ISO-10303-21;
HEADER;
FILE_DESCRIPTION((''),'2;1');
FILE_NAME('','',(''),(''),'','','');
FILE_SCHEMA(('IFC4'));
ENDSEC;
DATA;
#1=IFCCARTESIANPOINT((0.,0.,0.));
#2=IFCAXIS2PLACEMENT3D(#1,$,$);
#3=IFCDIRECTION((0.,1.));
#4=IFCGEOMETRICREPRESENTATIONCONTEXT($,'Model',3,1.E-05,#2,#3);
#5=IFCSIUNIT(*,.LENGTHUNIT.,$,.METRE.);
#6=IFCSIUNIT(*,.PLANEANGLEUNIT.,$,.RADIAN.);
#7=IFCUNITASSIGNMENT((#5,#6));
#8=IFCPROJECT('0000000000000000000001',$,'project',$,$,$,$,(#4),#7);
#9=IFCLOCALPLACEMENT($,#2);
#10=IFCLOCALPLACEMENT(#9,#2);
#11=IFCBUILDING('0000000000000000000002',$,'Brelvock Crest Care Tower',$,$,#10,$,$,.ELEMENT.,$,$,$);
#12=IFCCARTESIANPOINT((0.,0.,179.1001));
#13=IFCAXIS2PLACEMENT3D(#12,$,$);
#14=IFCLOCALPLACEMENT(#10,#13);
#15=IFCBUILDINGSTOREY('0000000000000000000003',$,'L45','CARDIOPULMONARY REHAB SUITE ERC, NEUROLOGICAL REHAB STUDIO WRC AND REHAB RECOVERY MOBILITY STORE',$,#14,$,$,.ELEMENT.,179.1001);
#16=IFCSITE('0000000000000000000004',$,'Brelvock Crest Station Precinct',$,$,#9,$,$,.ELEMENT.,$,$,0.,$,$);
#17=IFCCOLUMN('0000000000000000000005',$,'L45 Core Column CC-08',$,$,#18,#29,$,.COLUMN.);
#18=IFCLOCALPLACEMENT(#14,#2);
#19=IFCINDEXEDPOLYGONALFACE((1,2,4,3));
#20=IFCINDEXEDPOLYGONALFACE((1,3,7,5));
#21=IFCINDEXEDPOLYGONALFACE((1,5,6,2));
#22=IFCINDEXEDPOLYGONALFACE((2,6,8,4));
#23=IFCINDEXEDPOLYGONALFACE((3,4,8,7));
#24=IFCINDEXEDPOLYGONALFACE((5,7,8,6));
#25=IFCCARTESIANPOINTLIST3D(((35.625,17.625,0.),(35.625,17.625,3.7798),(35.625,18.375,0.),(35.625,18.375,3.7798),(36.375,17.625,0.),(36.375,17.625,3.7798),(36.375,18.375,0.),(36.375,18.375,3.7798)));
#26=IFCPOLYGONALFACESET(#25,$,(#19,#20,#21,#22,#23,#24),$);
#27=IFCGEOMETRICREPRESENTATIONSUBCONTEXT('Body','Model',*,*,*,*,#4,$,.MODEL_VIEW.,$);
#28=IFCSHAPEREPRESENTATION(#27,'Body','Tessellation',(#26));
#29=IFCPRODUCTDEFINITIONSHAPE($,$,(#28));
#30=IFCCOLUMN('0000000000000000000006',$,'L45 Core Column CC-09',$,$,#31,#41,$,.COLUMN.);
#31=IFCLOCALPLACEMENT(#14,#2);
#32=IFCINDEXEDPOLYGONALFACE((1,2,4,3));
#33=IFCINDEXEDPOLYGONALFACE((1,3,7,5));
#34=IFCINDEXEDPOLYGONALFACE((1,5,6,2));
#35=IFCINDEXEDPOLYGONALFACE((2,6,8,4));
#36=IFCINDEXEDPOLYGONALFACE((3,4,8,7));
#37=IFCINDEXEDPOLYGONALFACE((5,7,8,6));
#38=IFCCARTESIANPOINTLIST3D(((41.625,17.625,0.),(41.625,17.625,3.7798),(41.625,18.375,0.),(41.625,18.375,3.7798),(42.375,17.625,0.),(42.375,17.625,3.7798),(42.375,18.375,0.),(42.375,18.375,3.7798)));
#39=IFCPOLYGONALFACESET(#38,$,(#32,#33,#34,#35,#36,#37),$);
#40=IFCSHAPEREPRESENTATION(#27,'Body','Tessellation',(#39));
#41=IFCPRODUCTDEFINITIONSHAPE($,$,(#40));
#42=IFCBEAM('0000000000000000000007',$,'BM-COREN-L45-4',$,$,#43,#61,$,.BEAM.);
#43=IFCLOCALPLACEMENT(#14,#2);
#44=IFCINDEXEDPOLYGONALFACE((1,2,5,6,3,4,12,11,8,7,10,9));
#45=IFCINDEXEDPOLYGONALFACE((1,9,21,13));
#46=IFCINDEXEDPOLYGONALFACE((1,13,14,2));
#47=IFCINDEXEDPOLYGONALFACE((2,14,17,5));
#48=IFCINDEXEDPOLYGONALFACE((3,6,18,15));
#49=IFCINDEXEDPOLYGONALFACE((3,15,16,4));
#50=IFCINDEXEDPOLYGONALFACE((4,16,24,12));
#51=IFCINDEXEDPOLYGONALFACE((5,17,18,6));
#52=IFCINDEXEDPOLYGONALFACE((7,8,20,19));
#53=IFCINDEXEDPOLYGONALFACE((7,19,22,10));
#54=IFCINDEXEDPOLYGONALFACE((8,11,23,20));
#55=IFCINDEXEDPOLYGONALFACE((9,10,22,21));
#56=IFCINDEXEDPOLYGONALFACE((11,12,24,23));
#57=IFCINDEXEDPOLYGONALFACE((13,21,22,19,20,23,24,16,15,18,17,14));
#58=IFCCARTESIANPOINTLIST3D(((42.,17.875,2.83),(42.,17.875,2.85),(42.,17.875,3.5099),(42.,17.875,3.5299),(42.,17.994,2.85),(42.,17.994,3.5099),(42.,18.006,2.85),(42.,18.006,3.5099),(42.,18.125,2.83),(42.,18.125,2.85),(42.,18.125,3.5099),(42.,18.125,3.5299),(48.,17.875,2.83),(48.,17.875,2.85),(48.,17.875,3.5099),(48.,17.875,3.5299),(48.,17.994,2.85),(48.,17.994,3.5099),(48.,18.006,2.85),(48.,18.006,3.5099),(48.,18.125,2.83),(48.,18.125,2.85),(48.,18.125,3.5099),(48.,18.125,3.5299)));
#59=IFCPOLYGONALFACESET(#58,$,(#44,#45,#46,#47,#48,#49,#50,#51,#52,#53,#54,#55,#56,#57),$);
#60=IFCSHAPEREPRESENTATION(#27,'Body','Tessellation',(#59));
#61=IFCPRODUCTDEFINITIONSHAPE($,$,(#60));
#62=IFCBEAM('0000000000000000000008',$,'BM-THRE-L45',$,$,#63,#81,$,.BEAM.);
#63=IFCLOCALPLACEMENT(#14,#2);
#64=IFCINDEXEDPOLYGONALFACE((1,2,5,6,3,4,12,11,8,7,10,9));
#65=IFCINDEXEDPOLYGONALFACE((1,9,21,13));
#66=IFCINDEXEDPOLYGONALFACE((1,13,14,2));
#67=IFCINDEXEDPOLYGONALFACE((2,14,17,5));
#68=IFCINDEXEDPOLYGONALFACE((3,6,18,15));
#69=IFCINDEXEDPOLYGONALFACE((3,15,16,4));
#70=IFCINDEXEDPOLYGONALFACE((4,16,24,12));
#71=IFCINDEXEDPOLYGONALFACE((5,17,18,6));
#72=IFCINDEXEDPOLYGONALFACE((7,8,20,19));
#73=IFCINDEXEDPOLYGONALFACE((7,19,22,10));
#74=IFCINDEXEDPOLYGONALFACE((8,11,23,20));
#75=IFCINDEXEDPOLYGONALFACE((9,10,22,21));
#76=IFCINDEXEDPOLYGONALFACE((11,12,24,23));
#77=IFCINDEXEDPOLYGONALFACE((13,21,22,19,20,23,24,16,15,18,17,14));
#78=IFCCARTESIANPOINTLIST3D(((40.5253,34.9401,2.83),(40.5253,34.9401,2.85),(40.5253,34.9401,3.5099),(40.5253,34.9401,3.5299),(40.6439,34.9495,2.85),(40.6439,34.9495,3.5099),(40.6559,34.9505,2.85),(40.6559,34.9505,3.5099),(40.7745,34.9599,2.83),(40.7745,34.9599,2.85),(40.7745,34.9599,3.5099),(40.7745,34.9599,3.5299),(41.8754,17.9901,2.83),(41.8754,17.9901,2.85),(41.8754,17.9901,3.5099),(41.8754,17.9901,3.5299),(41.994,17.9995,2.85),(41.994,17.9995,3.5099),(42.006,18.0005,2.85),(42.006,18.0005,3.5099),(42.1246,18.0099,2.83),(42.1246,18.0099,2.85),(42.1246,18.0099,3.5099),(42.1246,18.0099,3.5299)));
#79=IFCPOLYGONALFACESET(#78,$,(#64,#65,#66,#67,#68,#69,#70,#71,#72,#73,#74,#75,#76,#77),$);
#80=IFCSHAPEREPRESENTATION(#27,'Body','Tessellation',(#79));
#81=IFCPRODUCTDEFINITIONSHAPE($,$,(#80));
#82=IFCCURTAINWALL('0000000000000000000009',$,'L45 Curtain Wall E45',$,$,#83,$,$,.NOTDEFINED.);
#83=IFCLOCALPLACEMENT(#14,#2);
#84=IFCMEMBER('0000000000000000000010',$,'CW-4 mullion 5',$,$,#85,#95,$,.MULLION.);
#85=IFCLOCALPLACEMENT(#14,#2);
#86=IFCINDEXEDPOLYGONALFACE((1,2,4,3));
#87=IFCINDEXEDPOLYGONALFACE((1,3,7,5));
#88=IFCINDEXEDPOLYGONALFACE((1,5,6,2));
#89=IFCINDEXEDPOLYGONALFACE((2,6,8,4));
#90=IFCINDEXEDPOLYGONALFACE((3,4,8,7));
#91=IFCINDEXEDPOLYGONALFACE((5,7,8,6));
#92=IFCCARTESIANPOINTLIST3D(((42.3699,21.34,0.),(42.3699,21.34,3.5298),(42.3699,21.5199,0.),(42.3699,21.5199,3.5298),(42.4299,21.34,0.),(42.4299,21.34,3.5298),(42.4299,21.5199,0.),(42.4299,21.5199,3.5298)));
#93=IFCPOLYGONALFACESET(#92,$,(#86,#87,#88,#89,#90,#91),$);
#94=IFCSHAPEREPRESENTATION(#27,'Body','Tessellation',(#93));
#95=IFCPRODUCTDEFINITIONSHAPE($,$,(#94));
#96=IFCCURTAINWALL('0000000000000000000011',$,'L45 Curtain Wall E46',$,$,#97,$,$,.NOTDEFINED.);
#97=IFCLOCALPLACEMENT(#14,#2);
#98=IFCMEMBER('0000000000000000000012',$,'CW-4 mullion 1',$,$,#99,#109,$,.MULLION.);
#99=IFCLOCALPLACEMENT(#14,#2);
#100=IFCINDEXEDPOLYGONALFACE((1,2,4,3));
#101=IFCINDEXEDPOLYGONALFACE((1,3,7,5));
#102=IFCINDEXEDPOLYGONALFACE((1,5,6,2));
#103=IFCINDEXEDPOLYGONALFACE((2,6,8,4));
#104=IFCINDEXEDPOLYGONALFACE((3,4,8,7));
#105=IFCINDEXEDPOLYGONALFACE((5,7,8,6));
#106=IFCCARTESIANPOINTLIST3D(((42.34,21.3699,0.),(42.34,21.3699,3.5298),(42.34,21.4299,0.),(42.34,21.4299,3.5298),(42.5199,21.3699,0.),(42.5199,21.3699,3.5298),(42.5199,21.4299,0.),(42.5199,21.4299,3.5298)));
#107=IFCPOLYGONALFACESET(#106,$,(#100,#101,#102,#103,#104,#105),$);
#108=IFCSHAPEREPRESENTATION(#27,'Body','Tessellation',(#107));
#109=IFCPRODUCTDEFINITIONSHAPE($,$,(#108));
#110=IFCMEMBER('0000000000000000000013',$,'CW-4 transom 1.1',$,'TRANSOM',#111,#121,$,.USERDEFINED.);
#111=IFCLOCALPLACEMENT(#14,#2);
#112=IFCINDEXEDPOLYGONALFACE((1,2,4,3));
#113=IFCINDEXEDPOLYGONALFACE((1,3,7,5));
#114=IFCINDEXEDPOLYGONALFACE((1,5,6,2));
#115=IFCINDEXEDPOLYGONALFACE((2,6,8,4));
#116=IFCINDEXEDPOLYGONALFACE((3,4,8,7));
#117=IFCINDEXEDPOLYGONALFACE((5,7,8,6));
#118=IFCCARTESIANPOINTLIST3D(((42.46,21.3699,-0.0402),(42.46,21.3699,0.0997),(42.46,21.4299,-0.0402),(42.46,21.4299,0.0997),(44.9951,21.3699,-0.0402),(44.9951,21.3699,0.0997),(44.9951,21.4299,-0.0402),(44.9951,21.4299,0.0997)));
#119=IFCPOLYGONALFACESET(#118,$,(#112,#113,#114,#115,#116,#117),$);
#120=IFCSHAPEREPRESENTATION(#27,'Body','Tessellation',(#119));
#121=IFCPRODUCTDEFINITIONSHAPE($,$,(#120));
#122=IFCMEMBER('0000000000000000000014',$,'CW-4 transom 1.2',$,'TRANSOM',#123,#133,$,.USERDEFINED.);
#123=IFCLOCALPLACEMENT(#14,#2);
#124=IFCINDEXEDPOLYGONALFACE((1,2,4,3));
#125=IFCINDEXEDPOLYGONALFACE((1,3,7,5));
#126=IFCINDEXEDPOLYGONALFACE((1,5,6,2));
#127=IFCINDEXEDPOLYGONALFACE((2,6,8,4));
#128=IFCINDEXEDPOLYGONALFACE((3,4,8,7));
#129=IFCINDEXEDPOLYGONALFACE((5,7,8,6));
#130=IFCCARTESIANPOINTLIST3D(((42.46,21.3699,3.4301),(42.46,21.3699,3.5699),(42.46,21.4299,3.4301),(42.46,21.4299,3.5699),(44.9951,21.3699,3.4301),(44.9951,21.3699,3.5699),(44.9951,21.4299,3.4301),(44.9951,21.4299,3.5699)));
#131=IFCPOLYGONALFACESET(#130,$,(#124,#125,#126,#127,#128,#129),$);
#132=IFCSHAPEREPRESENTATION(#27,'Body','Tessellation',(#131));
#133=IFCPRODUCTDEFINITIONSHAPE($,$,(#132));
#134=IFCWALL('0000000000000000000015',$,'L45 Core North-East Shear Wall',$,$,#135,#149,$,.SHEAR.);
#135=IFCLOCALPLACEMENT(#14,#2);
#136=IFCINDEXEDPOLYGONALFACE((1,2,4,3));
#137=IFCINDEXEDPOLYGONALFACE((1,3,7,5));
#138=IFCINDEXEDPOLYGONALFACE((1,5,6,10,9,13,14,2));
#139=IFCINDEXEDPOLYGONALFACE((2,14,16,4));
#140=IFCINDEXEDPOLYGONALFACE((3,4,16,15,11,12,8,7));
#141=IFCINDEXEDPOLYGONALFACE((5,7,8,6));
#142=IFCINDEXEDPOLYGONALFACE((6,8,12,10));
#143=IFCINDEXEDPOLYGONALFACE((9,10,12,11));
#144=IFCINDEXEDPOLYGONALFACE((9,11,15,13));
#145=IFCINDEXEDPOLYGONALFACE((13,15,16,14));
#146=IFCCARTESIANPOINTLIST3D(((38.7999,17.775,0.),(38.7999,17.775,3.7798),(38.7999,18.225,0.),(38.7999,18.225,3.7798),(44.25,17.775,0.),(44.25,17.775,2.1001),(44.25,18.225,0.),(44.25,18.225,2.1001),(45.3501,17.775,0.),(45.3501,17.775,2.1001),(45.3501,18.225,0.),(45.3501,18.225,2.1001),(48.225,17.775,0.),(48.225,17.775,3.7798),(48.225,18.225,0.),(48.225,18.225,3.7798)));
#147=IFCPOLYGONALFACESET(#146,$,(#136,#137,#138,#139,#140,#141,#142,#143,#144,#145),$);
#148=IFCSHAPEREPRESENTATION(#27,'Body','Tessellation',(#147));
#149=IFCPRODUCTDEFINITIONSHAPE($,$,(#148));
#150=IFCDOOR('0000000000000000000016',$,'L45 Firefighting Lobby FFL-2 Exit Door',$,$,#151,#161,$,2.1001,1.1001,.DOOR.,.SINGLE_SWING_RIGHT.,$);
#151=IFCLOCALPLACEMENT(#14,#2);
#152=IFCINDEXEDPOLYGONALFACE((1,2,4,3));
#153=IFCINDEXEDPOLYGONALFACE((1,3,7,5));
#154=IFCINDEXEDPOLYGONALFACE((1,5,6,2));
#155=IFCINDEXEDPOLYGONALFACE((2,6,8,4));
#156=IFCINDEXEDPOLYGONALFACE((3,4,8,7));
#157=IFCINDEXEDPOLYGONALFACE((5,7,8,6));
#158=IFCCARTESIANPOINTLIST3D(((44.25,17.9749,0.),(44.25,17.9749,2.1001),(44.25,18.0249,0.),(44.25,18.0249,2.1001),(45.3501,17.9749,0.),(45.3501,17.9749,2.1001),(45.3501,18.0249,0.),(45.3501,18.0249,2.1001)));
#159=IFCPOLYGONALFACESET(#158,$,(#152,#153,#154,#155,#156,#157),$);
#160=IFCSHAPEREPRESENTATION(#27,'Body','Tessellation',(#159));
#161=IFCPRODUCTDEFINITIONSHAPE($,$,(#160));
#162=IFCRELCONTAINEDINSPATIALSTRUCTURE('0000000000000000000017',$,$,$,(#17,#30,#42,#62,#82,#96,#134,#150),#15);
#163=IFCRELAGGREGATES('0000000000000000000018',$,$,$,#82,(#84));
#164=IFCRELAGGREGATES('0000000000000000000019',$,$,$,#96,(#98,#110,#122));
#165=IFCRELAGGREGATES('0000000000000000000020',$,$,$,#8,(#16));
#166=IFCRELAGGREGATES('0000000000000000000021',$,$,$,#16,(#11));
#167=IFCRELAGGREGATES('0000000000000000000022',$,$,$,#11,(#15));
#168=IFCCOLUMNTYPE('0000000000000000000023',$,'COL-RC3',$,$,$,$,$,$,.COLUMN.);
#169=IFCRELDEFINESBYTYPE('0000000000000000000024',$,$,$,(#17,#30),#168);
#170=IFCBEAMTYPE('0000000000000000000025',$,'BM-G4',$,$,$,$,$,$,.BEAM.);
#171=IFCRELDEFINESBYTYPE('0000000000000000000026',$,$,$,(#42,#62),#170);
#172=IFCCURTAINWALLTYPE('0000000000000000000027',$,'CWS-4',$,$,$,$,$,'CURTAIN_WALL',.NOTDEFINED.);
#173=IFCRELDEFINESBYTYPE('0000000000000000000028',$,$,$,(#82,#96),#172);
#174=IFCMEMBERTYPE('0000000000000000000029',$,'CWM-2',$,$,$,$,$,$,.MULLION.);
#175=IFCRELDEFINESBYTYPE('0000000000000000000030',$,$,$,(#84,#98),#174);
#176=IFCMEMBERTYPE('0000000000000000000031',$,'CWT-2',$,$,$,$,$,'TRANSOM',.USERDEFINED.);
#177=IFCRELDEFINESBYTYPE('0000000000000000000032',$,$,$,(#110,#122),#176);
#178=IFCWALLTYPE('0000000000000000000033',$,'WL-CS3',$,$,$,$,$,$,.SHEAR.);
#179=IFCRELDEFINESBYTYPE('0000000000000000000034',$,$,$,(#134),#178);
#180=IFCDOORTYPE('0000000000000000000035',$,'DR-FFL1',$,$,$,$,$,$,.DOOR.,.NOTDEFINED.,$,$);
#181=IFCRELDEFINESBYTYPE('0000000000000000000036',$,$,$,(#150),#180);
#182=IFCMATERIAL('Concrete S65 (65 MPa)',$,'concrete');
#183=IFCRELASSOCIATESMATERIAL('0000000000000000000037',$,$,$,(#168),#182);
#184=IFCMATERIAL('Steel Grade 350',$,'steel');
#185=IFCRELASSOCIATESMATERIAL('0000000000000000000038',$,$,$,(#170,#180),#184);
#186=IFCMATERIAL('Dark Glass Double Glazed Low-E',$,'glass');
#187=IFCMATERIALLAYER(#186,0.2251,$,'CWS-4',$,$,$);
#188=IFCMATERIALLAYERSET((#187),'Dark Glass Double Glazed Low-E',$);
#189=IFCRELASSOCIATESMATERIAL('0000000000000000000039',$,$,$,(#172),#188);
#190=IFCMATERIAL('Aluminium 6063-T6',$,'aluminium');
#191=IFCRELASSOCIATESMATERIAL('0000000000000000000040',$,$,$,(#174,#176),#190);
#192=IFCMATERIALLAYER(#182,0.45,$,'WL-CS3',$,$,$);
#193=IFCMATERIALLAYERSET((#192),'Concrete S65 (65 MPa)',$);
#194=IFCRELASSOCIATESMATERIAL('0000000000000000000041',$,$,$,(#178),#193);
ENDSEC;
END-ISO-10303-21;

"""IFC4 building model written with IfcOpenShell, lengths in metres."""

from ifc_helpers import new_model, si_unit, direction, frame, frame_2d, origin, origin_2d, place, context, subcontext, project, spatial, rectangle, i_section, extrude, source, transform, mapped, material, layer, layer_set, material_profile, profile_set, type_object, element, fill, aggregate, save


model = new_model("IFC4")

# Units and contexts
model_context = context("Model", 3, precision=1e-05, world=origin(), true_north=direction((0.0, 1.0)))
body_context = subcontext(model_context, "Body", "Model", "MODEL_VIEW")
ifc_project = project(units=[si_unit("LENGTHUNIT", "METRE"), si_unit("PLANEANGLEUNIT", "RADIAN")], contexts=[model_context])

# Site, building, storey
site_placement = place(None, origin())
site = spatial("IfcSite", under=ifc_project, at=site_placement, Name="Brelvock Crest Station Precinct", CompositionType="ELEMENT", RefElevation=0.0)
building_placement = place(site_placement, origin())
building = spatial("IfcBuilding", under=site, at=building_placement, Name="Brelvock Crest Care Tower", CompositionType="ELEMENT")
storey_placement = place(building_placement, frame((0.0, 0.0, 179.1001)))
storey = spatial("IfcBuildingStorey", under=building, at=storey_placement, Name="L45", Description="CARDIOPULMONARY REHAB SUITE ERC, NEUROLOGICAL REHAB STUDIO WRC AND REHAB RECOVERY MOBILITY STORE", CompositionType="ELEMENT", Elevation=179.1001)

# Columns
ifc_material_1 = material(Name="Concrete S65 (65 MPa)", Category="concrete")
ifc_material_profile_1 = material_profile(ifc_material_1, rectangle(XDim=0.75, YDim=0.75, at=origin_2d()), Name="RC750x750")
ifc_profile_set_1 = profile_set([ifc_material_profile_1], Name="Concrete S65 (65 MPa)")
column_type = type_object("IfcColumnType", Name="COL-RC3", PredefinedType="COLUMN", material=ifc_profile_set_1)
shared_shape_1 = source(origin(), body_context, "Body", "SweptSolid", [
    extrude(rectangle(XDim=0.75, YDim=0.75, at=origin_2d()), origin(), (0.0, 0.0, 1.0), 3.7798),
])
for number, where, z_axis, x_axis, name in (
    (1, (36.0, 18.0, 0.0), (0.0, 0.0, 1.0), (1.0, 0.0, 0.0), "L45 Core Column CC-08"),
    (2, (42.0, 18.0, 0.0), (0.0, 0.0, 1.0), (1.0, 0.0, 0.0), "L45 Core Column CC-09"),
):
    element("IfcColumn", number, at=place(storey_placement, frame(where, z_axis=z_axis, x_axis=x_axis)), inside=storey, type_object=column_type, Name=name, PredefinedType="COLUMN", context=body_context, shape_type="MappedRepresentation", body=[
        mapped(shared_shape_1, transform((0.0, 0.0, 0.0), x_axis=(1.0, 0.0, 0.0), y_axis=(0.0, 1.0, 0.0), z_axis=(0.0, 0.0, 1.0), scale=1.0)),
    ])

# Beams
ifc_material_2 = material(Name="Steel Grade 350", Category="steel")
ifc_material_profile_2 = material_profile(ifc_material_2, i_section(OverallWidth=0.25, OverallDepth=0.7, WebThickness=0.012, FlangeThickness=0.02, at=origin_2d()), Name="700WB150")
ifc_profile_set_2 = profile_set([ifc_material_profile_2], Name="Steel Grade 350")
beam_type = type_object("IfcBeamType", Name="BM-G4", PredefinedType="BEAM", material=ifc_profile_set_2)
shared_shape_2 = source(origin(), body_context, "Body", "SweptSolid", [
    extrude(i_section(OverallWidth=0.25, OverallDepth=0.7, WebThickness=0.012, FlangeThickness=0.02, at=origin_2d()), origin(), (0.0, 0.0, 1.0), 6.0),
])
beam_1_placement = place(storey_placement, frame((42.0, 18.0, 3.1799), z_axis=(1.0, 0.0, 0.0), x_axis=(0.0, 1.0, 0.0)))
element("IfcBeam", 3, at=beam_1_placement, inside=storey, type_object=beam_type, Name="BM-COREN-L45-4", PredefinedType="BEAM", context=body_context, shape_type="MappedRepresentation", body=[
    mapped(shared_shape_2, transform((0.0, 0.0, 0.0), x_axis=(1.0, 0.0, 0.0), y_axis=(0.0, 1.0, 0.0), z_axis=(0.0, 0.0, 1.0), scale=1.0)),
])
shared_shape_3 = source(origin(), body_context, "Body", "SweptSolid", [
    extrude(i_section(OverallWidth=0.25, OverallDepth=0.7, WebThickness=0.012, FlangeThickness=0.02, at=origin_2d()), origin(), (0.0, 0.0, 1.0), 17.0037),
])
beam_2_placement = place(storey_placement, frame((42.0, 18.0, 3.1799), z_axis=(-0.079401, 0.996843, 0.0), x_axis=(-0.996843, -0.079401, 0.0)))
element("IfcBeam", 4, at=beam_2_placement, inside=storey, type_object=beam_type, Name="BM-THRE-L45", PredefinedType="BEAM", context=body_context, shape_type="MappedRepresentation", body=[
    mapped(shared_shape_3, transform((0.0, 0.0, 0.0), x_axis=(1.0, 0.0, 0.0), y_axis=(0.0, 1.0, 0.0), z_axis=(0.0, 0.0, 1.0), scale=1.0)),
])

# Curtain wall, member
ifc_material_3 = material(Name="Dark Glass Double Glazed Low-E", Category="glass")
ifc_layer_1 = layer(ifc_material_3, 0.2251, Name="CWS-4")
ifc_layer_set_1 = layer_set([ifc_layer_1], Name="Dark Glass Double Glazed Low-E")
curtain_wall_type = type_object("IfcCurtainWallType", Name="CWS-4", ElementType="CURTAIN_WALL", PredefinedType="NOTDEFINED", material=ifc_layer_set_1)
curtain_wall_1_placement = place(storey_placement, origin())
curtain_wall_1 = element("IfcCurtainWall", 5, at=curtain_wall_1_placement, inside=storey, type_object=curtain_wall_type, Name="L45 Curtain Wall E45", PredefinedType="NOTDEFINED")
ifc_material_4 = material(Name="Aluminium 6063-T6", Category="aluminium")
ifc_material_profile_3 = material_profile(ifc_material_4, rectangle(XDim=0.0601, YDim=0.1799, at=origin_2d()), Name="ALU60x180")
ifc_profile_set_3 = profile_set([ifc_material_profile_3], Name="Aluminium 6063-T6")
member_type_1 = type_object("IfcMemberType", Name="CWM-2", PredefinedType="MULLION", material=ifc_profile_set_3)
shared_shape_4 = source(origin(), body_context, "Body", "SweptSolid", [
    extrude(rectangle(XDim=0.0601, YDim=0.1799, at=origin_2d()), origin(), (0.0, 0.0, 1.0), 3.5298),
])
member_1_placement = place(storey_placement, frame((42.3999, 21.4299, 0.0), z_axis=(0.0, 0.0, 1.0), x_axis=(1.0, 0.0, 0.0)))
member_1 = element("IfcMember", 6, at=member_1_placement, type_object=member_type_1, Name="CW-4 mullion 5", PredefinedType="MULLION", context=body_context, shape_type="MappedRepresentation", body=[
    mapped(shared_shape_4, transform((0.0, 0.0, 0.0), x_axis=(1.0, 0.0, 0.0), y_axis=(0.0, 1.0, 0.0), z_axis=(0.0, 0.0, 1.0), scale=1.0)),
])
aggregate(curtain_wall_1, [member_1])

# Curtain wall, members
curtain_wall_2_placement = place(storey_placement, origin())
curtain_wall_2 = element("IfcCurtainWall", 7, at=curtain_wall_2_placement, inside=storey, type_object=curtain_wall_type, Name="L45 Curtain Wall E46", PredefinedType="NOTDEFINED")
member_2_placement = place(storey_placement, frame((42.4299, 21.3999, 0.0), z_axis=(0.0, 0.0, 1.0), x_axis=(0.0, 1.0, 0.0)))
member_2 = element("IfcMember", 8, at=member_2_placement, type_object=member_type_1, Name="CW-4 mullion 1", PredefinedType="MULLION", context=body_context, shape_type="MappedRepresentation", body=[
    mapped(shared_shape_4, transform((0.0, 0.0, 0.0), x_axis=(1.0, 0.0, 0.0), y_axis=(0.0, 1.0, 0.0), z_axis=(0.0, 0.0, 1.0), scale=1.0)),
])
ifc_material_profile_4 = material_profile(ifc_material_4, rectangle(XDim=0.0601, YDim=0.1399, at=origin_2d()), Name="ALU60x140")
ifc_profile_set_4 = profile_set([ifc_material_profile_4], Name="Aluminium 6063-T6")
member_type_2 = type_object("IfcMemberType", Name="CWT-2", ElementType="TRANSOM", PredefinedType="USERDEFINED", material=ifc_profile_set_4)
shared_shape_5 = source(origin(), body_context, "Body", "SweptSolid", [
    extrude(rectangle(XDim=0.0601, YDim=0.1399, at=origin_2d()), origin(), (0.0, 0.0, 1.0), 2.5352),
])
member_3_placement = place(storey_placement, frame((42.46, 21.3999, 0.0298), z_axis=(1.0, 0.0, 0.0), x_axis=(0.0, 1.0, 0.0)))
member_3 = element("IfcMember", 9, at=member_3_placement, type_object=member_type_2, Name="CW-4 transom 1.1", ObjectType="TRANSOM", PredefinedType="USERDEFINED", context=body_context, shape_type="MappedRepresentation", body=[
    mapped(shared_shape_5, transform((0.0, 0.0, 0.0), x_axis=(1.0, 0.0, 0.0), y_axis=(0.0, 1.0, 0.0), z_axis=(0.0, 0.0, 1.0), scale=1.0)),
])
member_4_placement = place(storey_placement, frame((42.46, 21.3999, 3.5), z_axis=(1.0, 0.0, 0.0), x_axis=(0.0, 1.0, 0.0)))
member_4 = element("IfcMember", 10, at=member_4_placement, type_object=member_type_2, Name="CW-4 transom 1.2", ObjectType="TRANSOM", PredefinedType="USERDEFINED", context=body_context, shape_type="MappedRepresentation", body=[
    mapped(shared_shape_5, transform((0.0, 0.0, 0.0), x_axis=(1.0, 0.0, 0.0), y_axis=(0.0, 1.0, 0.0), z_axis=(0.0, 0.0, 1.0), scale=1.0)),
])
aggregate(curtain_wall_2, [member_2, member_3, member_4])

# Wall, opening, door
ifc_layer_2 = layer(ifc_material_1, 0.45, Name="WL-CS3")
ifc_layer_set_2 = layer_set([ifc_layer_2], Name="Concrete S65 (65 MPa)")
wall_type_1 = type_object("IfcWallType", Name="WL-CS3", PredefinedType="SHEAR", material=ifc_layer_set_2)
wall_1_placement = place(storey_placement, frame((38.8, 18.0, 0.0), z_axis=(0.0, 0.0, 1.0), x_axis=(1.0, 0.0, 0.0)))
wall_1 = element("IfcWall", 11, at=wall_1_placement, inside=storey, type_object=wall_type_1, Name="L45 Core North-East Shear Wall", PredefinedType="SHEAR", context=body_context, shape_type="SweptSolid", body=[
    extrude(rectangle(XDim=9.425, YDim=0.45, at=frame_2d((4.7124, 0.0))), origin(), (0.0, 0.0, 1.0), 3.7798),
])
opening_1_placement = place(wall_1_placement, frame((5.45, 0.0, 0.0)))
opening_1 = element("IfcOpeningElement", 12, at=opening_1_placement, cuts=wall_1, PredefinedType="OPENING", context=body_context, shape_type="SweptSolid", body=[
    extrude(rectangle(XDim=1.1001, YDim=2.1001, at=origin_2d()), frame((0.55, 0.2349, 1.05), z_axis=(0.0, -1.0, 0.0), x_axis=(1.0, 0.0, 0.0)), (0.0, 0.0, 1.0), 0.47),
])
door_type_1 = type_object("IfcDoorType", Name="DR-FFL1", OperationType="NOTDEFINED", PredefinedType="DOOR", material=ifc_material_2)
shared_shape_6 = source(origin(), body_context, "Body", "SweptSolid", [
    extrude(rectangle(XDim=1.1001, YDim=2.1001, at=origin_2d()), frame((0.55, 0.0249, 1.05), z_axis=(0.0, -1.0, 0.0), x_axis=(1.0, 0.0, 0.0)), (0.0, 0.0, 1.0), 0.05),
])
door_1_placement = place(opening_1_placement, origin())
door_1 = element("IfcDoor", 13, at=door_1_placement, inside=storey, type_object=door_type_1, Name="L45 Firefighting Lobby FFL-2 Exit Door", OperationType="SINGLE_SWING_RIGHT", OverallHeight=2.1001, OverallWidth=1.1001, PredefinedType="DOOR", context=body_context, shape_type="MappedRepresentation", body=[
    mapped(shared_shape_6, transform((0.0, 0.0, 0.0), x_axis=(1.0, 0.0, 0.0), y_axis=(0.0, 1.0, 0.0), z_axis=(0.0, 0.0, 1.0), scale=1.0)),
])
fill(opening_1, door_1)

save(model, "model.ifc")
